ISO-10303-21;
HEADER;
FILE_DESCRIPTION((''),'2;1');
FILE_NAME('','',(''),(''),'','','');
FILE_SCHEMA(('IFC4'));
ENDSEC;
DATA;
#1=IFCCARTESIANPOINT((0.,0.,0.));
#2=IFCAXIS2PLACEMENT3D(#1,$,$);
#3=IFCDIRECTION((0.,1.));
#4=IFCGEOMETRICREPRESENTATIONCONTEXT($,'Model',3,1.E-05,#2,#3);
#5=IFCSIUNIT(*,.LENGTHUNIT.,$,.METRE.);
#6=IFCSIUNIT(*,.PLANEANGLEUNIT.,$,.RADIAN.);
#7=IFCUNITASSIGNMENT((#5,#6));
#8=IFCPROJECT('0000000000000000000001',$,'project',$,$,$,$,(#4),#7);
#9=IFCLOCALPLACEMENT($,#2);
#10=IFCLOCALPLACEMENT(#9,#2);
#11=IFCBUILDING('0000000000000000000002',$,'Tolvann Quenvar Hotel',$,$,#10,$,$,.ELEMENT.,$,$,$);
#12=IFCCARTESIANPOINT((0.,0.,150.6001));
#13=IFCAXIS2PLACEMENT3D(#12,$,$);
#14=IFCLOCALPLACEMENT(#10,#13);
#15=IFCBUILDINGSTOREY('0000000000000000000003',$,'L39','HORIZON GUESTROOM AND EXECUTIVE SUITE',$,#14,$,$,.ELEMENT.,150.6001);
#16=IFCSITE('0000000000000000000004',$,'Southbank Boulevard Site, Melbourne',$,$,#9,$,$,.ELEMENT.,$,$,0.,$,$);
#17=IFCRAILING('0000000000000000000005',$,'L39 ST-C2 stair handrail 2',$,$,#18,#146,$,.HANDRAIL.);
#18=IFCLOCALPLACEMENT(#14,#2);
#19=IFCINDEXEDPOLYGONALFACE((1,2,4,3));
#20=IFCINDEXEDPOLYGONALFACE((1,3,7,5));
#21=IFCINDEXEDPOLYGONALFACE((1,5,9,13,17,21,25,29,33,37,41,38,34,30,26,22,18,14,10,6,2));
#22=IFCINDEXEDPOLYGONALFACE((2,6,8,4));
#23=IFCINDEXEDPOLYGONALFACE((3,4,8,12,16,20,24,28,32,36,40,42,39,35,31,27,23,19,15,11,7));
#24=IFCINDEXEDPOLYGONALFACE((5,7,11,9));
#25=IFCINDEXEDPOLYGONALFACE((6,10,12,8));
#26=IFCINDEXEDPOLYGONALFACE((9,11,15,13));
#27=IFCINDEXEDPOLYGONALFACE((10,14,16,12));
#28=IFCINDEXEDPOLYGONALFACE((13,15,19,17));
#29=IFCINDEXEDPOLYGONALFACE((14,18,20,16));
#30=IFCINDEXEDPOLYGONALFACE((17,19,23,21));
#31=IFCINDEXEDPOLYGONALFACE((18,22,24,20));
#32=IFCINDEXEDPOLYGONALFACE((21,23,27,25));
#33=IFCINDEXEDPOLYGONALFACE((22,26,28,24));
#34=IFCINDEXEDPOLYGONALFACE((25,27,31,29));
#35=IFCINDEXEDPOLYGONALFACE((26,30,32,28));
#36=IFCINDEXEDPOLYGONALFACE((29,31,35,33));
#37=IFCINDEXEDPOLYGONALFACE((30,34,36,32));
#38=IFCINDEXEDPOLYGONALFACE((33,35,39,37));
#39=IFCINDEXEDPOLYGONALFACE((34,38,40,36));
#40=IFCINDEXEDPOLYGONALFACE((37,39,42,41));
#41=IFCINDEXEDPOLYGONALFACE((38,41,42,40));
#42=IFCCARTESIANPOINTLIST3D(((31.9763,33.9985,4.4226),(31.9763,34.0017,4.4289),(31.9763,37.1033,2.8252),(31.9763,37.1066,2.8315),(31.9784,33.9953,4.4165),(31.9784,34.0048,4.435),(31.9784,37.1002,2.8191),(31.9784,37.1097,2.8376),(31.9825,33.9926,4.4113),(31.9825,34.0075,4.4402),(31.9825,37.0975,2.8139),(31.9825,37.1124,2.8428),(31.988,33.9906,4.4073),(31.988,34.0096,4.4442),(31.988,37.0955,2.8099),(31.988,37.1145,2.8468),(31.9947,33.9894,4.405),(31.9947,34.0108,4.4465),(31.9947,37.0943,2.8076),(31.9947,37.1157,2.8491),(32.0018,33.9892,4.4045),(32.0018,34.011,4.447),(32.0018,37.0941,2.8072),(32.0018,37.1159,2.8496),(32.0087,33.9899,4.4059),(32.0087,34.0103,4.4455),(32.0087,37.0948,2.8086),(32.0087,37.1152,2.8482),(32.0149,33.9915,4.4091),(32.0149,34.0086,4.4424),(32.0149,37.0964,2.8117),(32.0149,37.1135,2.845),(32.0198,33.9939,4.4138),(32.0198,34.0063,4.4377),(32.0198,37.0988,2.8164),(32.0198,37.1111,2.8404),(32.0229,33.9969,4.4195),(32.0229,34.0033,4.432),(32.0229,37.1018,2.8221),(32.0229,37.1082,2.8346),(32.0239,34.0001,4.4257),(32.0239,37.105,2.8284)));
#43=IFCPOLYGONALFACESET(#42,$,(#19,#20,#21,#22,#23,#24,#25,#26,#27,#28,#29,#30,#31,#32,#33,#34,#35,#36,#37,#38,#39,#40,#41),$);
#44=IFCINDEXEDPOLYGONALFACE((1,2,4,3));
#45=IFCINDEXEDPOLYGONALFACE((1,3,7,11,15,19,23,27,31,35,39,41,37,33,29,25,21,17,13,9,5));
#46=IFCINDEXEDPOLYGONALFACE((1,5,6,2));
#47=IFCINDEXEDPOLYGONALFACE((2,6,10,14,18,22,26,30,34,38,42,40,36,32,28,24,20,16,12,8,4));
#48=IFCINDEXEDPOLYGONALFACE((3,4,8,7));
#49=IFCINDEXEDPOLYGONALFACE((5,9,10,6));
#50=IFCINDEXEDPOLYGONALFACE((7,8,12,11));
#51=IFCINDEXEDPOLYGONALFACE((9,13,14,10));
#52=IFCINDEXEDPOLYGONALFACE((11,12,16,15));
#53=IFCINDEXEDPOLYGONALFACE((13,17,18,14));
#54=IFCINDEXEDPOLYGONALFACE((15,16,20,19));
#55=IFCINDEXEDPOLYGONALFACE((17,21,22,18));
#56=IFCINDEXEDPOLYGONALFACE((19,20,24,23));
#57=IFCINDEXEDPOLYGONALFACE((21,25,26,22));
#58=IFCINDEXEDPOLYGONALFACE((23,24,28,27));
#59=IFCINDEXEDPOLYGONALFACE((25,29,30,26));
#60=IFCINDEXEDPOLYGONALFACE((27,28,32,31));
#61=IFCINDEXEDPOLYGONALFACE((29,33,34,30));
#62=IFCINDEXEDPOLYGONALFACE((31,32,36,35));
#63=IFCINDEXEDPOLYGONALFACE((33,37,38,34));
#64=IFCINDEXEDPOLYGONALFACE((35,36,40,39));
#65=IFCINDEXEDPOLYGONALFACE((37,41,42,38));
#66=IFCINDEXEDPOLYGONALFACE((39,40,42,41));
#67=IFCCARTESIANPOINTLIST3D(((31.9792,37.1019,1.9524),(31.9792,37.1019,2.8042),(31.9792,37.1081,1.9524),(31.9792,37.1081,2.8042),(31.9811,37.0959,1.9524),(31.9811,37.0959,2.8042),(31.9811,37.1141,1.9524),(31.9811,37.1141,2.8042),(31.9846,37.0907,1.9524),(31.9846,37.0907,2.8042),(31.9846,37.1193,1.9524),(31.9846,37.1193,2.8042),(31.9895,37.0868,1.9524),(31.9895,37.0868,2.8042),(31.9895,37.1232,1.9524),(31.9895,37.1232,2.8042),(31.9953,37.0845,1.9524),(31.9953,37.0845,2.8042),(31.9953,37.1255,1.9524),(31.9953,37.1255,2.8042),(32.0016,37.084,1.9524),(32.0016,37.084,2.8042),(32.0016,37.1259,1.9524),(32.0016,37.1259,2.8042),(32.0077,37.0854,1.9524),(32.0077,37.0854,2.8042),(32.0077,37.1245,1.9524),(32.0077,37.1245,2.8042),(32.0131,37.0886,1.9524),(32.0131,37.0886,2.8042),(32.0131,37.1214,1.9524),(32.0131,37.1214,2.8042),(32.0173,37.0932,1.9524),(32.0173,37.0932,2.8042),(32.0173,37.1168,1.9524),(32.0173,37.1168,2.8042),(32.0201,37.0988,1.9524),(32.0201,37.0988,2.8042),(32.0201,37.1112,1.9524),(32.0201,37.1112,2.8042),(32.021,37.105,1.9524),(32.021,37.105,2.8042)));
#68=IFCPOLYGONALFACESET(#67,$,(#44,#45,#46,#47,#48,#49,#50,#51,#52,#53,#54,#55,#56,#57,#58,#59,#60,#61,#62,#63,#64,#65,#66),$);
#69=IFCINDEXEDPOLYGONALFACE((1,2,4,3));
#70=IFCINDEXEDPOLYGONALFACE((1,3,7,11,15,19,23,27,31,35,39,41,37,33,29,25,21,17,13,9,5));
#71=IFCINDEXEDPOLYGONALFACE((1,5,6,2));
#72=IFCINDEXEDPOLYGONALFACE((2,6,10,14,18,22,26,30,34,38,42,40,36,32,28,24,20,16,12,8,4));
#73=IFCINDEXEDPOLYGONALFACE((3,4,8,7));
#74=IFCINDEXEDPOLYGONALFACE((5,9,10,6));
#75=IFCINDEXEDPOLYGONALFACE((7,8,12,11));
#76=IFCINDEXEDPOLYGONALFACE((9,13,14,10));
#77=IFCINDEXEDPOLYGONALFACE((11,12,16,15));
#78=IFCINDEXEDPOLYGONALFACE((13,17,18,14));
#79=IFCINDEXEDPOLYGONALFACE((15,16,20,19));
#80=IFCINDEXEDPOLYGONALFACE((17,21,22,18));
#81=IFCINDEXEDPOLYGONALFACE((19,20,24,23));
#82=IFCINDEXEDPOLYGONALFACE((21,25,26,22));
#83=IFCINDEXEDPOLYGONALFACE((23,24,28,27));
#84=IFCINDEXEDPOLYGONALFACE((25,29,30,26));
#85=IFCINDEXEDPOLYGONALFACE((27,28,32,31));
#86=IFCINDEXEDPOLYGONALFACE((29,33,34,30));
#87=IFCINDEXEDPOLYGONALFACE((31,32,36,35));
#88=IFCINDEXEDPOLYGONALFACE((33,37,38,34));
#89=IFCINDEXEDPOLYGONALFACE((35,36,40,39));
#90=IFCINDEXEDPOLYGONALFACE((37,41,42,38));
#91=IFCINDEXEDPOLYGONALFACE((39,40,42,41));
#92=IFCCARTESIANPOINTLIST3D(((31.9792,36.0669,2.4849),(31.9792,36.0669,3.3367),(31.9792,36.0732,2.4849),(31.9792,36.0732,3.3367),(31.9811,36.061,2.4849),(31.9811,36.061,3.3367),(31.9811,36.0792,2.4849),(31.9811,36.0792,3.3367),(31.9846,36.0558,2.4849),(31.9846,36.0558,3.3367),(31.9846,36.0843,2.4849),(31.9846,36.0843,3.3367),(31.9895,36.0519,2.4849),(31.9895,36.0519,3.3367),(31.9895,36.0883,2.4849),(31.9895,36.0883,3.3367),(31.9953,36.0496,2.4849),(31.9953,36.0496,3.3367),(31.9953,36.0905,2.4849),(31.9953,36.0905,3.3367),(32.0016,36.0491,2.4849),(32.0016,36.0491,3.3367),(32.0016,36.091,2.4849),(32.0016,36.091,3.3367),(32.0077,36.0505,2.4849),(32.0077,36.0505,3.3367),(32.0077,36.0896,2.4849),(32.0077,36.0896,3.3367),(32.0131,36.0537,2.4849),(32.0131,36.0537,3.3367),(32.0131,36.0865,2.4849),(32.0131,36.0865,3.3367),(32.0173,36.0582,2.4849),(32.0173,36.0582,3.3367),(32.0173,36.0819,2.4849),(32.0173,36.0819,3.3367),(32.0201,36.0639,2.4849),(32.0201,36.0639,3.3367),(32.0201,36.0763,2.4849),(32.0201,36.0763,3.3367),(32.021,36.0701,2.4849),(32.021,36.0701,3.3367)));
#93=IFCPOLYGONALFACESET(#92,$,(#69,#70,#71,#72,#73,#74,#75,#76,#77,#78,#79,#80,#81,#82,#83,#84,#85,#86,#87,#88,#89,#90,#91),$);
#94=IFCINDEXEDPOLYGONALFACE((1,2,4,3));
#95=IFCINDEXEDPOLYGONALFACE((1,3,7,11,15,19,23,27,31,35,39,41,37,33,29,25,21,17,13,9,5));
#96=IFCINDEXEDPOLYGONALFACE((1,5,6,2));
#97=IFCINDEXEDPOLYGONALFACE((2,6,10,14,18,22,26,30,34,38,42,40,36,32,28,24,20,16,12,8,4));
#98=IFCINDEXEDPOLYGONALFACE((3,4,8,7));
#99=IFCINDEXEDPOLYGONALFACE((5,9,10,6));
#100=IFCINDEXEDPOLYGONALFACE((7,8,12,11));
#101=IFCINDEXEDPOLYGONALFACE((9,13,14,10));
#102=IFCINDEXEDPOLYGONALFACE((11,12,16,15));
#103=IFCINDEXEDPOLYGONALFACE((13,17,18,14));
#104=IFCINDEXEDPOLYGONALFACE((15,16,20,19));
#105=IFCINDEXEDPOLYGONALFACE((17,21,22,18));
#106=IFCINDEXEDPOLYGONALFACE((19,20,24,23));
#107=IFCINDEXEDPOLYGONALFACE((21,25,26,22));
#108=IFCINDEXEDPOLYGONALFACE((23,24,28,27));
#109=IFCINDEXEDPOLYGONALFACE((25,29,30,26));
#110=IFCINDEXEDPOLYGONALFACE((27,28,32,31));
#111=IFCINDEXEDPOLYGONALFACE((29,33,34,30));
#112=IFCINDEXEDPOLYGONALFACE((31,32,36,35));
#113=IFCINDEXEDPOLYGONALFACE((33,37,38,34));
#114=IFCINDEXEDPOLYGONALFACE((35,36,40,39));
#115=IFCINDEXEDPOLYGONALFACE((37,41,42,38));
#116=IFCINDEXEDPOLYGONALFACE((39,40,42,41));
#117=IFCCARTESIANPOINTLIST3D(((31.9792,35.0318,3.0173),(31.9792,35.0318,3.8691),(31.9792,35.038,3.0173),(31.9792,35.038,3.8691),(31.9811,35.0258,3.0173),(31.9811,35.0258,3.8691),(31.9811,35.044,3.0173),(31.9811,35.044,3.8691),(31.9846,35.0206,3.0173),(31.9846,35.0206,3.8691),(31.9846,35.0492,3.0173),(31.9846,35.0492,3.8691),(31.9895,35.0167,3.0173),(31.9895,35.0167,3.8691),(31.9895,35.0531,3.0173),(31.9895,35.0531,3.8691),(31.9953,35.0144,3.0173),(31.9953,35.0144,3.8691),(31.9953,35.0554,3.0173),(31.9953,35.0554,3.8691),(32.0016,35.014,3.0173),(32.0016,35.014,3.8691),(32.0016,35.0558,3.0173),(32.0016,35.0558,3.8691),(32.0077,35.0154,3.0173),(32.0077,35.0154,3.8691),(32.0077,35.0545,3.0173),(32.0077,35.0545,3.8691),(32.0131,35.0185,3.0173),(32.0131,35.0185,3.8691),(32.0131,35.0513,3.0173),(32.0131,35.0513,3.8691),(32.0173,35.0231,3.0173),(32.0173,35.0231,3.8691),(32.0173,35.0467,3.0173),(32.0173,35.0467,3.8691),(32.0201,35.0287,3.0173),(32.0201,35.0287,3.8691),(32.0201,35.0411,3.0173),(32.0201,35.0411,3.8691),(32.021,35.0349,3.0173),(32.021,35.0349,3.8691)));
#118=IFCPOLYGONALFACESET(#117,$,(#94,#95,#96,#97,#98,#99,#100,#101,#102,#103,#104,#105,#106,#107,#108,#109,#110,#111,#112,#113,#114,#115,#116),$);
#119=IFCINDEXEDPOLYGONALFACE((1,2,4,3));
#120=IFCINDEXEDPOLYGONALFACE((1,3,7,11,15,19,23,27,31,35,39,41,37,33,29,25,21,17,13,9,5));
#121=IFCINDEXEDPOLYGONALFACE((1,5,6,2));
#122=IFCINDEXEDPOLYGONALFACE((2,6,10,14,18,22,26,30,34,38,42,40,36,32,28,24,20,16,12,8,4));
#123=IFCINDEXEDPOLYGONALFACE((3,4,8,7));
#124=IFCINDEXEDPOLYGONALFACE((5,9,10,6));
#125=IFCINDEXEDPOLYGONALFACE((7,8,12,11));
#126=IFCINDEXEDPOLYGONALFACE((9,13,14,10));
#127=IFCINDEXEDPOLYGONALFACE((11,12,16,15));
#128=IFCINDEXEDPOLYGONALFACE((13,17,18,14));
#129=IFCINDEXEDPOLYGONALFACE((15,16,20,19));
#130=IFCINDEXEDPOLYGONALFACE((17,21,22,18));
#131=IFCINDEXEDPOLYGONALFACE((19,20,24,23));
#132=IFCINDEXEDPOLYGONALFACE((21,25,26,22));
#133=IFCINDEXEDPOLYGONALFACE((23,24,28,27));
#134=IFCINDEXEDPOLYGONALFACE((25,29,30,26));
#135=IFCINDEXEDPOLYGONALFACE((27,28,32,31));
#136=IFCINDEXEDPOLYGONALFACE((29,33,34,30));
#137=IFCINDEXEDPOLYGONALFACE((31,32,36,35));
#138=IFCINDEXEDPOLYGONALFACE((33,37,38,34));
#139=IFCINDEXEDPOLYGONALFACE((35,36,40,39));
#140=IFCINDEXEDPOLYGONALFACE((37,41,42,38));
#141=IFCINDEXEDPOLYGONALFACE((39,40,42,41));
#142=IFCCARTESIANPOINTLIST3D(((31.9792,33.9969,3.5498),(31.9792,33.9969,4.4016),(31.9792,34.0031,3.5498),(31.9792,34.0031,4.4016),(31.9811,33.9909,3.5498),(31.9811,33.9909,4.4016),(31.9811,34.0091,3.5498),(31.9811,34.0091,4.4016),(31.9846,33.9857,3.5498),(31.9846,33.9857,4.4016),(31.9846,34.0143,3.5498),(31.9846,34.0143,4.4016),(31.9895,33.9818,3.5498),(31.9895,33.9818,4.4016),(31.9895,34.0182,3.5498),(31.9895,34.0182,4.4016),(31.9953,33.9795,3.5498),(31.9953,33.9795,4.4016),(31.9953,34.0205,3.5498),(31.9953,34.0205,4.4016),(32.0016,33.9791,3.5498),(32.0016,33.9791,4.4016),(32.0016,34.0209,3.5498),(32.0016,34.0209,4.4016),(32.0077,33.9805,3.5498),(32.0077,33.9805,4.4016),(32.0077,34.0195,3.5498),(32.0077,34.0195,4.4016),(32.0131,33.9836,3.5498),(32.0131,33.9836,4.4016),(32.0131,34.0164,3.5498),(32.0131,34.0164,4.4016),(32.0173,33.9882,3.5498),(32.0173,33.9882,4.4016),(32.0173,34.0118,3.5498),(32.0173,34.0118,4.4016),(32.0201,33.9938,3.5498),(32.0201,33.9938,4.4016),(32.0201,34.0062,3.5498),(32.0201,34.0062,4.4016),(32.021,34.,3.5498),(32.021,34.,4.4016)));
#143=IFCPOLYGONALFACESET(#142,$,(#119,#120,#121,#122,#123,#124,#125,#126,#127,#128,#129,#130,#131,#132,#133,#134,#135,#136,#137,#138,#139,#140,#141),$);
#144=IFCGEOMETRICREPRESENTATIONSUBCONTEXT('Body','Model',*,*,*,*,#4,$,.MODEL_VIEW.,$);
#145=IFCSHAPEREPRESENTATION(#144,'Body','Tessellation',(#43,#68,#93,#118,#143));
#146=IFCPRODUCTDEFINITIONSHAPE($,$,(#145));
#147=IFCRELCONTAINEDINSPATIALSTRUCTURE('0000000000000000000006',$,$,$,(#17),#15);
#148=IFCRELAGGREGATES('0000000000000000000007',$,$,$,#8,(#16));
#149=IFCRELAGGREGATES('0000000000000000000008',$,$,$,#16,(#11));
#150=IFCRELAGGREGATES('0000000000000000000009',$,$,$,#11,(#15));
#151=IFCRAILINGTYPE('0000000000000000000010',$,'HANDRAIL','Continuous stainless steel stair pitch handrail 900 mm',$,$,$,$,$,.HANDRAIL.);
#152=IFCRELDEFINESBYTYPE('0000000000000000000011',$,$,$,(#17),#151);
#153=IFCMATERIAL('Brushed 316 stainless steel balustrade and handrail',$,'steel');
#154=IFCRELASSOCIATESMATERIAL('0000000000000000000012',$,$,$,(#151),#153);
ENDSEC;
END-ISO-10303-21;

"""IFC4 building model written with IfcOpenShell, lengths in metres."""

from ifc_helpers import new_model, si_unit, direction, frame, origin, origin_2d, place, context, subcontext, project, spatial, circle, extrude, material, type_object, element, save


model = new_model("IFC4")

# Units and contexts
model_context = context("Model", 3, precision=1e-05, world=origin(), true_north=direction((0.0, 1.0)))
body_context = subcontext(model_context, "Body", "Model", "MODEL_VIEW")
ifc_project = project(units=[si_unit("LENGTHUNIT", "METRE"), si_unit("PLANEANGLEUNIT", "RADIAN")], contexts=[model_context])

# Site, building, storey
site_placement = place(None, origin())
site = spatial("IfcSite", under=ifc_project, at=site_placement, Name="Southbank Boulevard Site, Melbourne", CompositionType="ELEMENT", RefElevation=0.0)
building_placement = place(site_placement, origin())
building = spatial("IfcBuilding", under=site, at=building_placement, Name="Tolvann Quenvar Hotel", CompositionType="ELEMENT")
storey_placement = place(building_placement, frame((0.0, 0.0, 150.6001)))
storey = spatial("IfcBuildingStorey", under=building, at=storey_placement, Name="L39", Description="HORIZON GUESTROOM AND EXECUTIVE SUITE", CompositionType="ELEMENT", Elevation=150.6001)

# Railing
ifc_material_1 = material(Name="Brushed 316 stainless steel balustrade and handrail", Category="steel")
railing_type_1 = type_object("IfcRailingType", Name="HANDRAIL", Description="Continuous stainless steel stair pitch handrail 900 mm", PredefinedType="HANDRAIL", material=ifc_material_1)
railing_1_placement = place(storey_placement, frame((32.0, 37.105, 1.9524)))
element("IfcRailing", 1, at=railing_1_placement, inside=storey, type_object=railing_type_1, Name="L39 ST-C2 stair handrail 2", PredefinedType="HANDRAIL", context=body_context, shape_type="SweptSolid", body=[
    extrude(circle(Radius=0.0239, at=origin_2d()), frame((0.0, 0.0, 0.876), z_axis=(0.0, -0.889222, 0.457476), x_axis=(1.0, 0.0, 0.0)), (0.0, 0.0, 1.0), 3.4917),
    extrude(circle(Radius=0.021, at=origin_2d()), origin(), (0.0, 0.0, 1.0), 0.8518),
    extrude(circle(Radius=0.021, at=origin_2d()), frame((0.0, -1.0349, 0.5325)), (0.0, 0.0, 1.0), 0.8518),
    extrude(circle(Radius=0.021, at=origin_2d()), frame((0.0, -2.0701, 1.0649)), (0.0, 0.0, 1.0), 0.8518),
    extrude(circle(Radius=0.021, at=origin_2d()), frame((0.0, -3.105, 1.5974)), (0.0, 0.0, 1.0), 0.8518),
])

save(model, "model.ifc")
